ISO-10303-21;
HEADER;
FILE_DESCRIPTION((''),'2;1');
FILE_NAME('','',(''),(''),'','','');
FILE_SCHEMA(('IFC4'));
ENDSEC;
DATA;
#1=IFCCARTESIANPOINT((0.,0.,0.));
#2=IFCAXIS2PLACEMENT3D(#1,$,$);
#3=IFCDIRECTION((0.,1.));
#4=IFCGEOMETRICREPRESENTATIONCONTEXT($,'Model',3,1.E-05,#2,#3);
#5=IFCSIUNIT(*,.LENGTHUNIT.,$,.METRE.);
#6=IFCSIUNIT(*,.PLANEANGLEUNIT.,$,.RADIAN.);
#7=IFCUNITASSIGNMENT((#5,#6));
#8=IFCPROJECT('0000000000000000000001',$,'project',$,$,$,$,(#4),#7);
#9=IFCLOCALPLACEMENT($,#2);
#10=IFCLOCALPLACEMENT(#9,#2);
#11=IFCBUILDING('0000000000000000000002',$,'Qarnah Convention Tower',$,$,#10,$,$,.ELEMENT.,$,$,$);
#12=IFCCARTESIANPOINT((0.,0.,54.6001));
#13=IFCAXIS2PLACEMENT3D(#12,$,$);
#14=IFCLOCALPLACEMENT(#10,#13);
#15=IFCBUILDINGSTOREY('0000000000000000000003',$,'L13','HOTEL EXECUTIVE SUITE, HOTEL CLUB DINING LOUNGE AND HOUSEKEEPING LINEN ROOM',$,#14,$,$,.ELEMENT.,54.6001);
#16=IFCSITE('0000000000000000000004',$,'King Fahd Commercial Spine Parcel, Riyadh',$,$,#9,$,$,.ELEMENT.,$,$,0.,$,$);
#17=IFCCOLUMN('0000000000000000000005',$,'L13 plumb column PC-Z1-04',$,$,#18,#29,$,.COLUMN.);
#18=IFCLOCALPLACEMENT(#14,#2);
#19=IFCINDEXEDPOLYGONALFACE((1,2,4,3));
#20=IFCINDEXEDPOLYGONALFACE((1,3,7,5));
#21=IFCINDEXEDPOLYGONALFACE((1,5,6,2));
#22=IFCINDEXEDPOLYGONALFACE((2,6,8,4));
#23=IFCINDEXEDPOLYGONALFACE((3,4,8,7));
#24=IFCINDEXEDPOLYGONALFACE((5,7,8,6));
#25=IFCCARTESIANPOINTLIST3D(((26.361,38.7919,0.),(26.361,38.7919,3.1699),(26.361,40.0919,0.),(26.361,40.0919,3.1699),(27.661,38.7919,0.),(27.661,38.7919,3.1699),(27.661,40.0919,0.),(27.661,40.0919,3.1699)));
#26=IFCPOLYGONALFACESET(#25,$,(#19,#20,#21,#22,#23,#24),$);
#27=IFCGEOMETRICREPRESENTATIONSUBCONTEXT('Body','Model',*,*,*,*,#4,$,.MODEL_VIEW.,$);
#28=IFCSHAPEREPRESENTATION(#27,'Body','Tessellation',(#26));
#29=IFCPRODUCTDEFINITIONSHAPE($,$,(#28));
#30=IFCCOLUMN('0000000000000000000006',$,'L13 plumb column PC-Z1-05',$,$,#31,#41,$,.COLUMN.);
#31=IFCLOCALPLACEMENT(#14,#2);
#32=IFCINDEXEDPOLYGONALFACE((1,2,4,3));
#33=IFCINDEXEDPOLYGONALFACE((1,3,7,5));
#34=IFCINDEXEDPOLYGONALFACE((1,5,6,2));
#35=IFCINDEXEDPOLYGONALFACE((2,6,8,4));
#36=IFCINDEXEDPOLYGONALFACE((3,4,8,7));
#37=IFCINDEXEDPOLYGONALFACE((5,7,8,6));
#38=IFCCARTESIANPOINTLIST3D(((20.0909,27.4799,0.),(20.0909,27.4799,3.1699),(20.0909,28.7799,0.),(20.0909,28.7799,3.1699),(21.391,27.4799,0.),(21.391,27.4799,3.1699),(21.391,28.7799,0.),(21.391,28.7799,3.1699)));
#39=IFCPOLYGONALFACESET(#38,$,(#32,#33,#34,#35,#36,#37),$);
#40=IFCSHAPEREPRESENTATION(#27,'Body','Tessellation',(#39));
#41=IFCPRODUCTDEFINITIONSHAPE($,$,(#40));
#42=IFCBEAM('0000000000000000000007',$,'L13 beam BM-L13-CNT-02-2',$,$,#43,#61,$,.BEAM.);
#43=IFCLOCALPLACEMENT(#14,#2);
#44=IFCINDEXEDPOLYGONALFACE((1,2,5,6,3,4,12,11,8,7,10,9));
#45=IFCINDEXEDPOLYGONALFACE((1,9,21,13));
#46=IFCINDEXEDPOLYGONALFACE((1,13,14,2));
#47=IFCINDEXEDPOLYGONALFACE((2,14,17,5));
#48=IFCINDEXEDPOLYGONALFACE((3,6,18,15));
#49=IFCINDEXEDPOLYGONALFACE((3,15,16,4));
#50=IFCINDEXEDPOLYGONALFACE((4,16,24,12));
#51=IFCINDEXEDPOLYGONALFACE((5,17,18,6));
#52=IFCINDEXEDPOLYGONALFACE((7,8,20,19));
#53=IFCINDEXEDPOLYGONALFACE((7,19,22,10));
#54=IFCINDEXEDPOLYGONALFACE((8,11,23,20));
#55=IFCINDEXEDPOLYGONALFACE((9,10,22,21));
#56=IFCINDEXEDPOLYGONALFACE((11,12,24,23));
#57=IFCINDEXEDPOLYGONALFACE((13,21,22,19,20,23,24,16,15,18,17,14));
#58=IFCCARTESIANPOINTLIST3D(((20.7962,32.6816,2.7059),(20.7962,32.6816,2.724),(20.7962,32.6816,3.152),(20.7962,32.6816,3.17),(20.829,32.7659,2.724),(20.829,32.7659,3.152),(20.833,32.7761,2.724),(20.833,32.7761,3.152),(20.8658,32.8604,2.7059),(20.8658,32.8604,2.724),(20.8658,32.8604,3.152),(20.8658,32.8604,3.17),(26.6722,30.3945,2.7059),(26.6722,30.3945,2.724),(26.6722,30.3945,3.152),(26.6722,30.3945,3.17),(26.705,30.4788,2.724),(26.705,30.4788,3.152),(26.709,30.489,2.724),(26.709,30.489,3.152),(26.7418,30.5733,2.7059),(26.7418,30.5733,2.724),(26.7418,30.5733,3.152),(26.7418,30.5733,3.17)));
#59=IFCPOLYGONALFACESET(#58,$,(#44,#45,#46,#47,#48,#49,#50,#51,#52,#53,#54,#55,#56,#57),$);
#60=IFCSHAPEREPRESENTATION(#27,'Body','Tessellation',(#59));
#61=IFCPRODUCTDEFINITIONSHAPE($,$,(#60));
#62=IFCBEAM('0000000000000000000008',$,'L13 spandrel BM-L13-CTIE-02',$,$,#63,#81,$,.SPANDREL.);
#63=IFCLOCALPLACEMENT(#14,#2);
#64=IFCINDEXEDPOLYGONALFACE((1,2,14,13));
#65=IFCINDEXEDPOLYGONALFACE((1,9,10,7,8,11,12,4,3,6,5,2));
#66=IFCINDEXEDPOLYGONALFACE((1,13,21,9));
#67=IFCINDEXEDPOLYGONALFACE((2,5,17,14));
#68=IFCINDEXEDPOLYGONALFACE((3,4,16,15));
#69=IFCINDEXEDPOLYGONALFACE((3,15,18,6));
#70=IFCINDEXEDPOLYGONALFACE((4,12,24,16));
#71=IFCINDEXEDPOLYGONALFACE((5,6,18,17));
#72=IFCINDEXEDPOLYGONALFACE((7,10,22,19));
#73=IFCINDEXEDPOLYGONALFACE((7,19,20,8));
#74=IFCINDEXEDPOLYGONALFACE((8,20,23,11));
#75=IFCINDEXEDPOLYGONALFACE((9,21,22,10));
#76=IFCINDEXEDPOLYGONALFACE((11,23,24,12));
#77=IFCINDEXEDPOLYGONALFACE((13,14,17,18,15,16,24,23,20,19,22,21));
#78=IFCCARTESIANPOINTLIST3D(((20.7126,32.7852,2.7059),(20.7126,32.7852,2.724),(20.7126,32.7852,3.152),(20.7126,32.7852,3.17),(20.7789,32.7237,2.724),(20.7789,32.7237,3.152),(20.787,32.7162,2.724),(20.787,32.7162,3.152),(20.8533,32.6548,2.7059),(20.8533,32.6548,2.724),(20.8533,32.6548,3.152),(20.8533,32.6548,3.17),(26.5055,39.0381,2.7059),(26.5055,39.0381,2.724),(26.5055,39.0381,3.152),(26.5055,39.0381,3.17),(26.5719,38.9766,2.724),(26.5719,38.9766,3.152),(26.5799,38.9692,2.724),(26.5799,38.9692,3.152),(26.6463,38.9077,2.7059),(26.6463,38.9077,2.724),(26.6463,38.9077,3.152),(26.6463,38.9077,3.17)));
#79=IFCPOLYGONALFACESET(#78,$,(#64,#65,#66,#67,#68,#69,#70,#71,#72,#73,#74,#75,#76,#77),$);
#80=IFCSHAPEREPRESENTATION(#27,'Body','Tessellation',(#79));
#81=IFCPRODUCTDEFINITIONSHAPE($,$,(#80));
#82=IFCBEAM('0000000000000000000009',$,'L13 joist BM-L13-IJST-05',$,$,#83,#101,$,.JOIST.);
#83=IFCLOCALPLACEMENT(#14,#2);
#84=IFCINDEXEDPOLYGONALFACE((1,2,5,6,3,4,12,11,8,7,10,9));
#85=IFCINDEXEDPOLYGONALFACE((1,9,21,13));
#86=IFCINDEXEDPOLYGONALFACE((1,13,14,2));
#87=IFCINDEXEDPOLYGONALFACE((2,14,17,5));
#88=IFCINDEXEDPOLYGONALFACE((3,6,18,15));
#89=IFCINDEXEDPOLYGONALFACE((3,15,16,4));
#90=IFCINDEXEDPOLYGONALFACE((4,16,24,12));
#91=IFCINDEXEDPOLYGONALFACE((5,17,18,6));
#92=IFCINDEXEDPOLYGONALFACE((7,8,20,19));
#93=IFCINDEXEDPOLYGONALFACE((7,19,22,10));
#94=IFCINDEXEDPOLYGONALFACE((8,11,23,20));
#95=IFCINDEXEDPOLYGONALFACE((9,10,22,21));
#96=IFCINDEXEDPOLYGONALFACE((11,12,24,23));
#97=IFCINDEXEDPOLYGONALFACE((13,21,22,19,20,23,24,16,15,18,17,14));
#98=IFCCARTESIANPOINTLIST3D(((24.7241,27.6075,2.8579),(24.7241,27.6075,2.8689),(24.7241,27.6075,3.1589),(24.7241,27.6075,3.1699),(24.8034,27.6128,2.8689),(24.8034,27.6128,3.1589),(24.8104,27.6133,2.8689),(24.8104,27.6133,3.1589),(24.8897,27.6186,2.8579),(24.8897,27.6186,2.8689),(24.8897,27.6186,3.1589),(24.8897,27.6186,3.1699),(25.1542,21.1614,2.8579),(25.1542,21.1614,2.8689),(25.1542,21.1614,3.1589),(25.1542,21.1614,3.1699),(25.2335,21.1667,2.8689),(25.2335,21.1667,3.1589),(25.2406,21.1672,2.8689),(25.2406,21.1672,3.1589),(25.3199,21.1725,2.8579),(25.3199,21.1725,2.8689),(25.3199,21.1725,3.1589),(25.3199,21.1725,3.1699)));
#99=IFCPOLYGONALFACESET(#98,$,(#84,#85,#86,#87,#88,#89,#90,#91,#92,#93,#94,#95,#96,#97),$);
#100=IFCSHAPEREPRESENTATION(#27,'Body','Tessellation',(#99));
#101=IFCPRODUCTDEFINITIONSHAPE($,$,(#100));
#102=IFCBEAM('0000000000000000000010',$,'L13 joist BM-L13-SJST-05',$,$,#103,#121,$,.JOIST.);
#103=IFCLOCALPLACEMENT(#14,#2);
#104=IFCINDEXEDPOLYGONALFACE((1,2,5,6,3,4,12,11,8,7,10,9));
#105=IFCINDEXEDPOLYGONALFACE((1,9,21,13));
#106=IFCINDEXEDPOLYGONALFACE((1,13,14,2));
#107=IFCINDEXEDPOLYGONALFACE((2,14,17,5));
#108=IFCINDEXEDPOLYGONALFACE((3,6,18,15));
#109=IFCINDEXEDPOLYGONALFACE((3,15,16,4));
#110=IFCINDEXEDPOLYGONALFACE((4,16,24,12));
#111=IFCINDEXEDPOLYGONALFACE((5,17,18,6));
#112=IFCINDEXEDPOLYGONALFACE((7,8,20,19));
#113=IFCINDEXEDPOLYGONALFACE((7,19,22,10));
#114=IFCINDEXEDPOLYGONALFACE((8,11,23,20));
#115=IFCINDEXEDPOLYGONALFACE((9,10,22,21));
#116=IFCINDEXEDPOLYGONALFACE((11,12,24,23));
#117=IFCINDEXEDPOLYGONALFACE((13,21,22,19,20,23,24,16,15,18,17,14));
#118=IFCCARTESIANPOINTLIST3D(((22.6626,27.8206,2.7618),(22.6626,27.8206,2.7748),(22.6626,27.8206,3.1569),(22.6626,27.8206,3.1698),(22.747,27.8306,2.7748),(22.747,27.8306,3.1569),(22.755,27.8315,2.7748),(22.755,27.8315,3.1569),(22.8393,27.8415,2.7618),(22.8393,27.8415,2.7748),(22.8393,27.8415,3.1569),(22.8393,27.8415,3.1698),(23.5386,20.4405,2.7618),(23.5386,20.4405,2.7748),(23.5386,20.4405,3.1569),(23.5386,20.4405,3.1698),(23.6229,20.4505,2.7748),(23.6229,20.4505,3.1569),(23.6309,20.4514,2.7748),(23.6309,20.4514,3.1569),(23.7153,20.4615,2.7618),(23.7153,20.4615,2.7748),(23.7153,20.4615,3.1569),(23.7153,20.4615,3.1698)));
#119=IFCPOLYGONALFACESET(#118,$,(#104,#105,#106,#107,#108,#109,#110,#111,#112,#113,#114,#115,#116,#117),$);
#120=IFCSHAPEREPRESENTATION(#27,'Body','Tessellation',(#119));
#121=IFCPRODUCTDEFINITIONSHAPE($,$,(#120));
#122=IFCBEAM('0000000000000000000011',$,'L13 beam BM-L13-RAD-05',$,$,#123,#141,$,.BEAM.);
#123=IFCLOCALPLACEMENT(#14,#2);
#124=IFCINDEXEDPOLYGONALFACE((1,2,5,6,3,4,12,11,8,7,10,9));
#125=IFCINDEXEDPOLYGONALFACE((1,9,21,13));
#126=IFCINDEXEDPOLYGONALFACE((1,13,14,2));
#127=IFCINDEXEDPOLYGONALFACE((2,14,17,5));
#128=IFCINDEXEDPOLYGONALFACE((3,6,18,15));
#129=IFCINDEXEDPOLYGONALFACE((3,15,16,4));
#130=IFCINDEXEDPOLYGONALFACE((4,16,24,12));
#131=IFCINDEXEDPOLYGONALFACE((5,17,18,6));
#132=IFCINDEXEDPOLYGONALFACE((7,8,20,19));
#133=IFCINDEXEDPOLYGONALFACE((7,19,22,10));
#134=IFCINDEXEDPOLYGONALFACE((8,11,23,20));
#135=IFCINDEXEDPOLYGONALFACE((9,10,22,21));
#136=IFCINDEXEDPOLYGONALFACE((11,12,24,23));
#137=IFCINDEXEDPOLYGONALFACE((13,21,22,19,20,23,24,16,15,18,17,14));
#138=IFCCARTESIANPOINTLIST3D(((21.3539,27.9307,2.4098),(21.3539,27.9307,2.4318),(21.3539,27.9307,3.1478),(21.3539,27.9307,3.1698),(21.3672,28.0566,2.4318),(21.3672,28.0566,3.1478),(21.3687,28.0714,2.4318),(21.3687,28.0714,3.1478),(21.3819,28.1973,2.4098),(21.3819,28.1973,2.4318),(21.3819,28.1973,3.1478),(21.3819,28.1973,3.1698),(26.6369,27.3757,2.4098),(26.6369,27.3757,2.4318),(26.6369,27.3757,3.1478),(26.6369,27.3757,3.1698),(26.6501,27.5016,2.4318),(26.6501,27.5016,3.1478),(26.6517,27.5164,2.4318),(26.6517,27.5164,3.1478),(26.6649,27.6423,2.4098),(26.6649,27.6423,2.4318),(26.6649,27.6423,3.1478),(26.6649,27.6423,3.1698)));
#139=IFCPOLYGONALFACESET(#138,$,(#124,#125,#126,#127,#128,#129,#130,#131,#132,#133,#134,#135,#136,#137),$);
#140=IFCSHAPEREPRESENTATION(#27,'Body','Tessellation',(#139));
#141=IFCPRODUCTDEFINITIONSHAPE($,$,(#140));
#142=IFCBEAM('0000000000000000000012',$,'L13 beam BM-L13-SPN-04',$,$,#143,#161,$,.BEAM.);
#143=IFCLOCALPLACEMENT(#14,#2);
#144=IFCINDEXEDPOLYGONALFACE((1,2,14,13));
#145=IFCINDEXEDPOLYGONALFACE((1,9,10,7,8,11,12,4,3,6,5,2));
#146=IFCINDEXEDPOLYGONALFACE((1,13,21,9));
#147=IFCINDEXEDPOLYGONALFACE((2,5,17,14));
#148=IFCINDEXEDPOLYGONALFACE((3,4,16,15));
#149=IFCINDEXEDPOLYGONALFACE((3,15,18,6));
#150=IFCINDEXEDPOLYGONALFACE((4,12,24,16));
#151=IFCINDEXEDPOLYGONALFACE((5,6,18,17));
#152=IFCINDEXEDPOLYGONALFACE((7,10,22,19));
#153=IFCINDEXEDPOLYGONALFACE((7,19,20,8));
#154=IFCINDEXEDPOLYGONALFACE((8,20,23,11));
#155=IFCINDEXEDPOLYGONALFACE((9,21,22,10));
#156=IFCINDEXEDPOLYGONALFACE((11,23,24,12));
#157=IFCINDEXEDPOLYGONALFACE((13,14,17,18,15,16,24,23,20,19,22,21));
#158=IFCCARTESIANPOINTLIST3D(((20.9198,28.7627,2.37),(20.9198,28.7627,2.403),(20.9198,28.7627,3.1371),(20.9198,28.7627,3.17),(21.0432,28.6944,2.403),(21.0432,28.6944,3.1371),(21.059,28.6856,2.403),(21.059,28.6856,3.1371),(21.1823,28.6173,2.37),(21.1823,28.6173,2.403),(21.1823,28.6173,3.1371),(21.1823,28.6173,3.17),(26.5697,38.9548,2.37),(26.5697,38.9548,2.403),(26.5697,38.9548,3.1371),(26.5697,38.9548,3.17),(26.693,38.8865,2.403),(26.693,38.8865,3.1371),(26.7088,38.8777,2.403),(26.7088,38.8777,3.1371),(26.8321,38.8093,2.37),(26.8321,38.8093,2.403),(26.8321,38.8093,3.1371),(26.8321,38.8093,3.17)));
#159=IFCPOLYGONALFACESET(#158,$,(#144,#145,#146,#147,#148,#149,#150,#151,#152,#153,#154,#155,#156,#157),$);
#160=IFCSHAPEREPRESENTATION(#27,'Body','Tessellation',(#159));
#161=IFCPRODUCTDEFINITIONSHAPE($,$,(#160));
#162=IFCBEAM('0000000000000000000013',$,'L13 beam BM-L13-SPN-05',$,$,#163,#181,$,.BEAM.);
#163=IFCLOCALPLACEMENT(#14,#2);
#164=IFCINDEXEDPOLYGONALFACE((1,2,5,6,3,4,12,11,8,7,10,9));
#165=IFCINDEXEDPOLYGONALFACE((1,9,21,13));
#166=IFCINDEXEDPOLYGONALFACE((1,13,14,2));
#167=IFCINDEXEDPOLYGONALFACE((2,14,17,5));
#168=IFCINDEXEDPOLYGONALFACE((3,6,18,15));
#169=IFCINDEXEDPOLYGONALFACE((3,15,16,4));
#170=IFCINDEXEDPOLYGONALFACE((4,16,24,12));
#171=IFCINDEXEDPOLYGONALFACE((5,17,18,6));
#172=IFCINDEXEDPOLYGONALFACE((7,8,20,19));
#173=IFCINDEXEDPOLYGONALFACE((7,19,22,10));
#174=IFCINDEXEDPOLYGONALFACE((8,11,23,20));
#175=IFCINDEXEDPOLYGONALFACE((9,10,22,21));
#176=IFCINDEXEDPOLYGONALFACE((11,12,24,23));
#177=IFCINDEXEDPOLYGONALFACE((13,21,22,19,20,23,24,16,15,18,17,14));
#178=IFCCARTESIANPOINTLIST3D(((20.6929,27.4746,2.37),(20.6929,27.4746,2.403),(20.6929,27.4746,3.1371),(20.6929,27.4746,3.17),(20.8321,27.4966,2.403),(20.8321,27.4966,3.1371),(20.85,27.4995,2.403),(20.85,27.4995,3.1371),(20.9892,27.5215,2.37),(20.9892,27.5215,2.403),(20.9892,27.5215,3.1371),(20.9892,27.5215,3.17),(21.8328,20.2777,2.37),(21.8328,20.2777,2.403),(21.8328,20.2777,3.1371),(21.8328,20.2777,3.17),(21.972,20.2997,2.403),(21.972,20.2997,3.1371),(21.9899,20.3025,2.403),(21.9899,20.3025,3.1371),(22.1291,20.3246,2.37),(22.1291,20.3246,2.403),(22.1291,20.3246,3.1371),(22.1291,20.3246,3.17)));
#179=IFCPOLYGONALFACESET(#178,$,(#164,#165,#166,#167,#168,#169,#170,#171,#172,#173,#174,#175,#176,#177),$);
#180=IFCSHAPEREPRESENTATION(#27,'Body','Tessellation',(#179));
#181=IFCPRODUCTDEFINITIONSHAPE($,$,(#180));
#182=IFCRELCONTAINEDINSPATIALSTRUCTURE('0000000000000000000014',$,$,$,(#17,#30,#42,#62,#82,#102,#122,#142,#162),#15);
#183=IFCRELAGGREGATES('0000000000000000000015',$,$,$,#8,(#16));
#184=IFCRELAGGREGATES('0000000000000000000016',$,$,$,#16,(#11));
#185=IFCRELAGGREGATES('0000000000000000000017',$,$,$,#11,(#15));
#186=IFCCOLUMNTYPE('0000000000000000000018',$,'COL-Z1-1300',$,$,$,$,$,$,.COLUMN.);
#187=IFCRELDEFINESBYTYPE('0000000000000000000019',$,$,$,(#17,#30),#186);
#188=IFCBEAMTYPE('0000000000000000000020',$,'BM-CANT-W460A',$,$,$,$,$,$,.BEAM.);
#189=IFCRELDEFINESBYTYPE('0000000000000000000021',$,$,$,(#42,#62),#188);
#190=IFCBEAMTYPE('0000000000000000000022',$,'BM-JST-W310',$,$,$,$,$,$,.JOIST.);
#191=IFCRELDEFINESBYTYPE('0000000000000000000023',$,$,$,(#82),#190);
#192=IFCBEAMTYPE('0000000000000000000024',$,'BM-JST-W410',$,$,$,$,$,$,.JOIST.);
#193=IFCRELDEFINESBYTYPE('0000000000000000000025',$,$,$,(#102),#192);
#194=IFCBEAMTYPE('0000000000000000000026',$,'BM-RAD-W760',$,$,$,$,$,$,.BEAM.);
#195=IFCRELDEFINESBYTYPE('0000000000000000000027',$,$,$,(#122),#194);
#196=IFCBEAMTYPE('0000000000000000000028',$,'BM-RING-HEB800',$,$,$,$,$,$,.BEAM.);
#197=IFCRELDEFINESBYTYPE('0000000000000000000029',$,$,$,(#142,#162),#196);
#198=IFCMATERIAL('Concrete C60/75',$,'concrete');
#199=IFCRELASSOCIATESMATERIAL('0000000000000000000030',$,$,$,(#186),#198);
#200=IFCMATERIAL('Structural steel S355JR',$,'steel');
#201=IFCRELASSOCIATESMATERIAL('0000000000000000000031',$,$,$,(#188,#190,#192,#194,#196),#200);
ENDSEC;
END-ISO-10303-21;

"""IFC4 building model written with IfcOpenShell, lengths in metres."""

from ifc_helpers import new_model, si_unit, direction, frame, origin, origin_2d, place, context, subcontext, project, spatial, rectangle, i_section, extrude, material, material_profile, profile_set, type_object, element, save


model = new_model("IFC4")

# Units and contexts
model_context = context("Model", 3, precision=1e-05, world=origin(), true_north=direction((0.0, 1.0)))
body_context = subcontext(model_context, "Body", "Model", "MODEL_VIEW")
ifc_project = project(units=[si_unit("LENGTHUNIT", "METRE"), si_unit("PLANEANGLEUNIT", "RADIAN")], contexts=[model_context])

# Site, building, storey
site_placement = place(None, origin())
site = spatial("IfcSite", under=ifc_project, at=site_placement, Name="King Fahd Commercial Spine Parcel, Riyadh", CompositionType="ELEMENT", RefElevation=0.0)
building_placement = place(site_placement, origin())
building = spatial("IfcBuilding", under=site, at=building_placement, Name="Qarnah Convention Tower", CompositionType="ELEMENT")
storey_placement = place(building_placement, frame((0.0, 0.0, 54.6001)))
storey = spatial("IfcBuildingStorey", under=building, at=storey_placement, Name="L13", Description="HOTEL EXECUTIVE SUITE, HOTEL CLUB DINING LOUNGE AND HOUSEKEEPING LINEN ROOM", CompositionType="ELEMENT", Elevation=54.6001)

# Columns
ifc_material_1 = material(Name="Concrete C60/75", Category="concrete")
ifc_material_profile_1 = material_profile(ifc_material_1, rectangle(XDim=1.3, YDim=1.3, at=origin_2d()), Name="RC-COL-1300X1300")
ifc_profile_set_1 = profile_set([ifc_material_profile_1], Name="Concrete C60/75")
column_type = type_object("IfcColumnType", Name="COL-Z1-1300", PredefinedType="COLUMN", material=ifc_profile_set_1)
for number, where, z_axis, x_axis, name in (
    (1, (27.011, 39.4419, 0.0), (0.0, 0.0, 1.0), (1.0, 0.0, 0.0), "L13 plumb column PC-Z1-04"),
    (2, (20.741, 28.1299, 0.0), (0.0, 0.0, 1.0), (1.0, 0.0, 0.0), "L13 plumb column PC-Z1-05"),
):
    element("IfcColumn", number, at=place(storey_placement, frame(where, z_axis=z_axis, x_axis=x_axis)), inside=storey, type_object=column_type, Name=name, PredefinedType="COLUMN", context=body_context, shape_type="SweptSolid", body=[
        extrude(rectangle(XDim=1.3, YDim=1.3, at=origin_2d()), origin(), (0.0, 0.0, 1.0), 3.1699),
    ])

# Beams
ifc_material_2 = material(Name="Structural steel S355JR", Category="steel")
ifc_material_profile_2 = material_profile(ifc_material_2, i_section(OverallWidth=0.1919, OverallDepth=0.4641, WebThickness=0.011, FlangeThickness=0.0181, at=origin_2d()), Name="W460X89")
ifc_profile_set_2 = profile_set([ifc_material_profile_2], Name="Structural steel S355JR")
beam_type_1 = type_object("IfcBeamType", Name="BM-CANT-W460A", PredefinedType="BEAM", material=ifc_profile_set_2)
beam_1_placement = place(storey_placement, frame((26.707, 30.4839, 2.938), z_axis=(-0.931897, 0.362723, 0.0), x_axis=(-0.362723, -0.931897, 0.0)))
element("IfcBeam", 3, at=beam_1_placement, inside=storey, type_object=beam_type_1, Name="L13 beam BM-L13-CNT-02-2", PredefinedType="BEAM", context=body_context, shape_type="SweptSolid", body=[
    extrude(i_section(OverallWidth=0.1919, OverallDepth=0.4641, WebThickness=0.011, FlangeThickness=0.0181, at=origin_2d()), origin(), (0.0, 0.0, 1.0), 6.3054),
])
beam_2_placement = place(storey_placement, frame((20.783, 32.72, 2.938), z_axis=(0.679611, 0.733572, 0.0), x_axis=(-0.733572, 0.679611, 0.0)))
element("IfcBeam", 4, at=beam_2_placement, inside=storey, type_object=beam_type_1, Name="L13 spandrel BM-L13-CTIE-02", PredefinedType="SPANDREL", context=body_context, shape_type="SweptSolid", body=[
    extrude(i_section(OverallWidth=0.1919, OverallDepth=0.4641, WebThickness=0.011, FlangeThickness=0.0181, at=origin_2d()), origin(), (0.0, 0.0, 1.0), 8.5239),
])
ifc_material_profile_3 = material_profile(ifc_material_2, i_section(OverallWidth=0.166, OverallDepth=0.312, WebThickness=0.0071, FlangeThickness=0.011, at=origin_2d()), Name="W310X45")
ifc_profile_set_3 = profile_set([ifc_material_profile_3], Name="Structural steel S355JR")
beam_type_2 = type_object("IfcBeamType", Name="BM-JST-W310", PredefinedType="JOIST", material=ifc_profile_set_3)
beam_3_placement = place(storey_placement, frame((24.8069, 27.613, 3.0139), z_axis=(0.066587, -0.997781, 0.0), x_axis=(0.997781, 0.066587, 0.0)))
element("IfcBeam", 5, at=beam_3_placement, inside=storey, type_object=beam_type_2, Name="L13 joist BM-L13-IJST-05", PredefinedType="JOIST", context=body_context, shape_type="SweptSolid", body=[
    extrude(i_section(OverallWidth=0.166, OverallDepth=0.312, WebThickness=0.0071, FlangeThickness=0.011, at=origin_2d()), origin(), (0.0, 0.0, 1.0), 6.4604),
])
ifc_material_profile_4 = material_profile(ifc_material_2, i_section(OverallWidth=0.178, OverallDepth=0.408, WebThickness=0.0081, FlangeThickness=0.0129, at=origin_2d()), Name="W410X60")
ifc_profile_set_4 = profile_set([ifc_material_profile_4], Name="Structural steel S355JR")
beam_type_3 = type_object("IfcBeamType", Name="BM-JST-W410", PredefinedType="JOIST", material=ifc_profile_set_4)
beam_4_placement = place(storey_placement, frame((22.751, 27.8311, 2.9658), z_axis=(0.117867, -0.993029, 0.0), x_axis=(0.993029, 0.117867, 0.0)))
element("IfcBeam", 6, at=beam_4_placement, inside=storey, type_object=beam_type_3, Name="L13 joist BM-L13-SJST-05", PredefinedType="JOIST", context=body_context, shape_type="SweptSolid", body=[
    extrude(i_section(OverallWidth=0.178, OverallDepth=0.408, WebThickness=0.0081, FlangeThickness=0.0129, at=origin_2d()), origin(), (0.0, 0.0, 1.0), 7.4319),
])
ifc_material_profile_5 = material_profile(ifc_material_2, i_section(OverallWidth=0.2681, OverallDepth=0.76, WebThickness=0.0149, FlangeThickness=0.022, at=origin_2d()), Name="W760X185")
ifc_profile_set_5 = profile_set([ifc_material_profile_5], Name="Structural steel S355JR")
beam_type_4 = type_object("IfcBeamType", Name="BM-RAD-W760", PredefinedType="BEAM", material=ifc_profile_set_5)
beam_5_placement = place(storey_placement, frame((26.6509, 27.509, 2.7898), z_axis=(-0.994528, 0.104467, 0.0), x_axis=(-0.104467, -0.994528, 0.0)))
element("IfcBeam", 7, at=beam_5_placement, inside=storey, type_object=beam_type_4, Name="L13 beam BM-L13-RAD-05", PredefinedType="BEAM", context=body_context, shape_type="SweptSolid", body=[
    extrude(i_section(OverallWidth=0.2681, OverallDepth=0.76, WebThickness=0.0149, FlangeThickness=0.022, at=origin_2d()), origin(), (0.0, 0.0, 1.0), 5.312),
])
ifc_material_profile_6 = material_profile(ifc_material_2, i_section(OverallWidth=0.3, OverallDepth=0.8, WebThickness=0.0181, FlangeThickness=0.033, at=origin_2d()), Name="HEB800")
ifc_profile_set_6 = profile_set([ifc_material_profile_6], Name="Structural steel S355JR")
beam_type_5 = type_object("IfcBeamType", Name="BM-RING-HEB800", PredefinedType="BEAM", material=ifc_profile_set_6)
beam_6_placement = place(storey_placement, frame((26.7009, 38.8821, 2.77), z_axis=(-0.48483, -0.874609, 0.0), x_axis=(0.874609, -0.48483, 0.0)))
element("IfcBeam", 8, at=beam_6_placement, inside=storey, type_object=beam_type_5, Name="L13 beam BM-L13-SPN-04", PredefinedType="BEAM", context=body_context, shape_type="SweptSolid", body=[
    extrude(i_section(OverallWidth=0.3, OverallDepth=0.8, WebThickness=0.0181, FlangeThickness=0.033, at=origin_2d()), origin(), (0.0, 0.0, 1.0), 11.6533),
])
beam_7_placement = place(storey_placement, frame((20.8411, 27.498, 2.77), z_axis=(0.156434, -0.987688, 0.0), x_axis=(0.987688, 0.156434, 0.0)))
element("IfcBeam", 9, at=beam_7_placement, inside=storey, type_object=beam_type_5, Name="L13 beam BM-L13-SPN-05", PredefinedType="BEAM", context=body_context, shape_type="SweptSolid", body=[
    extrude(i_section(OverallWidth=0.3, OverallDepth=0.8, WebThickness=0.0181, FlangeThickness=0.033, at=origin_2d()), origin(), (0.0, 0.0, 1.0), 7.2866),
])

save(model, "model.ifc")
